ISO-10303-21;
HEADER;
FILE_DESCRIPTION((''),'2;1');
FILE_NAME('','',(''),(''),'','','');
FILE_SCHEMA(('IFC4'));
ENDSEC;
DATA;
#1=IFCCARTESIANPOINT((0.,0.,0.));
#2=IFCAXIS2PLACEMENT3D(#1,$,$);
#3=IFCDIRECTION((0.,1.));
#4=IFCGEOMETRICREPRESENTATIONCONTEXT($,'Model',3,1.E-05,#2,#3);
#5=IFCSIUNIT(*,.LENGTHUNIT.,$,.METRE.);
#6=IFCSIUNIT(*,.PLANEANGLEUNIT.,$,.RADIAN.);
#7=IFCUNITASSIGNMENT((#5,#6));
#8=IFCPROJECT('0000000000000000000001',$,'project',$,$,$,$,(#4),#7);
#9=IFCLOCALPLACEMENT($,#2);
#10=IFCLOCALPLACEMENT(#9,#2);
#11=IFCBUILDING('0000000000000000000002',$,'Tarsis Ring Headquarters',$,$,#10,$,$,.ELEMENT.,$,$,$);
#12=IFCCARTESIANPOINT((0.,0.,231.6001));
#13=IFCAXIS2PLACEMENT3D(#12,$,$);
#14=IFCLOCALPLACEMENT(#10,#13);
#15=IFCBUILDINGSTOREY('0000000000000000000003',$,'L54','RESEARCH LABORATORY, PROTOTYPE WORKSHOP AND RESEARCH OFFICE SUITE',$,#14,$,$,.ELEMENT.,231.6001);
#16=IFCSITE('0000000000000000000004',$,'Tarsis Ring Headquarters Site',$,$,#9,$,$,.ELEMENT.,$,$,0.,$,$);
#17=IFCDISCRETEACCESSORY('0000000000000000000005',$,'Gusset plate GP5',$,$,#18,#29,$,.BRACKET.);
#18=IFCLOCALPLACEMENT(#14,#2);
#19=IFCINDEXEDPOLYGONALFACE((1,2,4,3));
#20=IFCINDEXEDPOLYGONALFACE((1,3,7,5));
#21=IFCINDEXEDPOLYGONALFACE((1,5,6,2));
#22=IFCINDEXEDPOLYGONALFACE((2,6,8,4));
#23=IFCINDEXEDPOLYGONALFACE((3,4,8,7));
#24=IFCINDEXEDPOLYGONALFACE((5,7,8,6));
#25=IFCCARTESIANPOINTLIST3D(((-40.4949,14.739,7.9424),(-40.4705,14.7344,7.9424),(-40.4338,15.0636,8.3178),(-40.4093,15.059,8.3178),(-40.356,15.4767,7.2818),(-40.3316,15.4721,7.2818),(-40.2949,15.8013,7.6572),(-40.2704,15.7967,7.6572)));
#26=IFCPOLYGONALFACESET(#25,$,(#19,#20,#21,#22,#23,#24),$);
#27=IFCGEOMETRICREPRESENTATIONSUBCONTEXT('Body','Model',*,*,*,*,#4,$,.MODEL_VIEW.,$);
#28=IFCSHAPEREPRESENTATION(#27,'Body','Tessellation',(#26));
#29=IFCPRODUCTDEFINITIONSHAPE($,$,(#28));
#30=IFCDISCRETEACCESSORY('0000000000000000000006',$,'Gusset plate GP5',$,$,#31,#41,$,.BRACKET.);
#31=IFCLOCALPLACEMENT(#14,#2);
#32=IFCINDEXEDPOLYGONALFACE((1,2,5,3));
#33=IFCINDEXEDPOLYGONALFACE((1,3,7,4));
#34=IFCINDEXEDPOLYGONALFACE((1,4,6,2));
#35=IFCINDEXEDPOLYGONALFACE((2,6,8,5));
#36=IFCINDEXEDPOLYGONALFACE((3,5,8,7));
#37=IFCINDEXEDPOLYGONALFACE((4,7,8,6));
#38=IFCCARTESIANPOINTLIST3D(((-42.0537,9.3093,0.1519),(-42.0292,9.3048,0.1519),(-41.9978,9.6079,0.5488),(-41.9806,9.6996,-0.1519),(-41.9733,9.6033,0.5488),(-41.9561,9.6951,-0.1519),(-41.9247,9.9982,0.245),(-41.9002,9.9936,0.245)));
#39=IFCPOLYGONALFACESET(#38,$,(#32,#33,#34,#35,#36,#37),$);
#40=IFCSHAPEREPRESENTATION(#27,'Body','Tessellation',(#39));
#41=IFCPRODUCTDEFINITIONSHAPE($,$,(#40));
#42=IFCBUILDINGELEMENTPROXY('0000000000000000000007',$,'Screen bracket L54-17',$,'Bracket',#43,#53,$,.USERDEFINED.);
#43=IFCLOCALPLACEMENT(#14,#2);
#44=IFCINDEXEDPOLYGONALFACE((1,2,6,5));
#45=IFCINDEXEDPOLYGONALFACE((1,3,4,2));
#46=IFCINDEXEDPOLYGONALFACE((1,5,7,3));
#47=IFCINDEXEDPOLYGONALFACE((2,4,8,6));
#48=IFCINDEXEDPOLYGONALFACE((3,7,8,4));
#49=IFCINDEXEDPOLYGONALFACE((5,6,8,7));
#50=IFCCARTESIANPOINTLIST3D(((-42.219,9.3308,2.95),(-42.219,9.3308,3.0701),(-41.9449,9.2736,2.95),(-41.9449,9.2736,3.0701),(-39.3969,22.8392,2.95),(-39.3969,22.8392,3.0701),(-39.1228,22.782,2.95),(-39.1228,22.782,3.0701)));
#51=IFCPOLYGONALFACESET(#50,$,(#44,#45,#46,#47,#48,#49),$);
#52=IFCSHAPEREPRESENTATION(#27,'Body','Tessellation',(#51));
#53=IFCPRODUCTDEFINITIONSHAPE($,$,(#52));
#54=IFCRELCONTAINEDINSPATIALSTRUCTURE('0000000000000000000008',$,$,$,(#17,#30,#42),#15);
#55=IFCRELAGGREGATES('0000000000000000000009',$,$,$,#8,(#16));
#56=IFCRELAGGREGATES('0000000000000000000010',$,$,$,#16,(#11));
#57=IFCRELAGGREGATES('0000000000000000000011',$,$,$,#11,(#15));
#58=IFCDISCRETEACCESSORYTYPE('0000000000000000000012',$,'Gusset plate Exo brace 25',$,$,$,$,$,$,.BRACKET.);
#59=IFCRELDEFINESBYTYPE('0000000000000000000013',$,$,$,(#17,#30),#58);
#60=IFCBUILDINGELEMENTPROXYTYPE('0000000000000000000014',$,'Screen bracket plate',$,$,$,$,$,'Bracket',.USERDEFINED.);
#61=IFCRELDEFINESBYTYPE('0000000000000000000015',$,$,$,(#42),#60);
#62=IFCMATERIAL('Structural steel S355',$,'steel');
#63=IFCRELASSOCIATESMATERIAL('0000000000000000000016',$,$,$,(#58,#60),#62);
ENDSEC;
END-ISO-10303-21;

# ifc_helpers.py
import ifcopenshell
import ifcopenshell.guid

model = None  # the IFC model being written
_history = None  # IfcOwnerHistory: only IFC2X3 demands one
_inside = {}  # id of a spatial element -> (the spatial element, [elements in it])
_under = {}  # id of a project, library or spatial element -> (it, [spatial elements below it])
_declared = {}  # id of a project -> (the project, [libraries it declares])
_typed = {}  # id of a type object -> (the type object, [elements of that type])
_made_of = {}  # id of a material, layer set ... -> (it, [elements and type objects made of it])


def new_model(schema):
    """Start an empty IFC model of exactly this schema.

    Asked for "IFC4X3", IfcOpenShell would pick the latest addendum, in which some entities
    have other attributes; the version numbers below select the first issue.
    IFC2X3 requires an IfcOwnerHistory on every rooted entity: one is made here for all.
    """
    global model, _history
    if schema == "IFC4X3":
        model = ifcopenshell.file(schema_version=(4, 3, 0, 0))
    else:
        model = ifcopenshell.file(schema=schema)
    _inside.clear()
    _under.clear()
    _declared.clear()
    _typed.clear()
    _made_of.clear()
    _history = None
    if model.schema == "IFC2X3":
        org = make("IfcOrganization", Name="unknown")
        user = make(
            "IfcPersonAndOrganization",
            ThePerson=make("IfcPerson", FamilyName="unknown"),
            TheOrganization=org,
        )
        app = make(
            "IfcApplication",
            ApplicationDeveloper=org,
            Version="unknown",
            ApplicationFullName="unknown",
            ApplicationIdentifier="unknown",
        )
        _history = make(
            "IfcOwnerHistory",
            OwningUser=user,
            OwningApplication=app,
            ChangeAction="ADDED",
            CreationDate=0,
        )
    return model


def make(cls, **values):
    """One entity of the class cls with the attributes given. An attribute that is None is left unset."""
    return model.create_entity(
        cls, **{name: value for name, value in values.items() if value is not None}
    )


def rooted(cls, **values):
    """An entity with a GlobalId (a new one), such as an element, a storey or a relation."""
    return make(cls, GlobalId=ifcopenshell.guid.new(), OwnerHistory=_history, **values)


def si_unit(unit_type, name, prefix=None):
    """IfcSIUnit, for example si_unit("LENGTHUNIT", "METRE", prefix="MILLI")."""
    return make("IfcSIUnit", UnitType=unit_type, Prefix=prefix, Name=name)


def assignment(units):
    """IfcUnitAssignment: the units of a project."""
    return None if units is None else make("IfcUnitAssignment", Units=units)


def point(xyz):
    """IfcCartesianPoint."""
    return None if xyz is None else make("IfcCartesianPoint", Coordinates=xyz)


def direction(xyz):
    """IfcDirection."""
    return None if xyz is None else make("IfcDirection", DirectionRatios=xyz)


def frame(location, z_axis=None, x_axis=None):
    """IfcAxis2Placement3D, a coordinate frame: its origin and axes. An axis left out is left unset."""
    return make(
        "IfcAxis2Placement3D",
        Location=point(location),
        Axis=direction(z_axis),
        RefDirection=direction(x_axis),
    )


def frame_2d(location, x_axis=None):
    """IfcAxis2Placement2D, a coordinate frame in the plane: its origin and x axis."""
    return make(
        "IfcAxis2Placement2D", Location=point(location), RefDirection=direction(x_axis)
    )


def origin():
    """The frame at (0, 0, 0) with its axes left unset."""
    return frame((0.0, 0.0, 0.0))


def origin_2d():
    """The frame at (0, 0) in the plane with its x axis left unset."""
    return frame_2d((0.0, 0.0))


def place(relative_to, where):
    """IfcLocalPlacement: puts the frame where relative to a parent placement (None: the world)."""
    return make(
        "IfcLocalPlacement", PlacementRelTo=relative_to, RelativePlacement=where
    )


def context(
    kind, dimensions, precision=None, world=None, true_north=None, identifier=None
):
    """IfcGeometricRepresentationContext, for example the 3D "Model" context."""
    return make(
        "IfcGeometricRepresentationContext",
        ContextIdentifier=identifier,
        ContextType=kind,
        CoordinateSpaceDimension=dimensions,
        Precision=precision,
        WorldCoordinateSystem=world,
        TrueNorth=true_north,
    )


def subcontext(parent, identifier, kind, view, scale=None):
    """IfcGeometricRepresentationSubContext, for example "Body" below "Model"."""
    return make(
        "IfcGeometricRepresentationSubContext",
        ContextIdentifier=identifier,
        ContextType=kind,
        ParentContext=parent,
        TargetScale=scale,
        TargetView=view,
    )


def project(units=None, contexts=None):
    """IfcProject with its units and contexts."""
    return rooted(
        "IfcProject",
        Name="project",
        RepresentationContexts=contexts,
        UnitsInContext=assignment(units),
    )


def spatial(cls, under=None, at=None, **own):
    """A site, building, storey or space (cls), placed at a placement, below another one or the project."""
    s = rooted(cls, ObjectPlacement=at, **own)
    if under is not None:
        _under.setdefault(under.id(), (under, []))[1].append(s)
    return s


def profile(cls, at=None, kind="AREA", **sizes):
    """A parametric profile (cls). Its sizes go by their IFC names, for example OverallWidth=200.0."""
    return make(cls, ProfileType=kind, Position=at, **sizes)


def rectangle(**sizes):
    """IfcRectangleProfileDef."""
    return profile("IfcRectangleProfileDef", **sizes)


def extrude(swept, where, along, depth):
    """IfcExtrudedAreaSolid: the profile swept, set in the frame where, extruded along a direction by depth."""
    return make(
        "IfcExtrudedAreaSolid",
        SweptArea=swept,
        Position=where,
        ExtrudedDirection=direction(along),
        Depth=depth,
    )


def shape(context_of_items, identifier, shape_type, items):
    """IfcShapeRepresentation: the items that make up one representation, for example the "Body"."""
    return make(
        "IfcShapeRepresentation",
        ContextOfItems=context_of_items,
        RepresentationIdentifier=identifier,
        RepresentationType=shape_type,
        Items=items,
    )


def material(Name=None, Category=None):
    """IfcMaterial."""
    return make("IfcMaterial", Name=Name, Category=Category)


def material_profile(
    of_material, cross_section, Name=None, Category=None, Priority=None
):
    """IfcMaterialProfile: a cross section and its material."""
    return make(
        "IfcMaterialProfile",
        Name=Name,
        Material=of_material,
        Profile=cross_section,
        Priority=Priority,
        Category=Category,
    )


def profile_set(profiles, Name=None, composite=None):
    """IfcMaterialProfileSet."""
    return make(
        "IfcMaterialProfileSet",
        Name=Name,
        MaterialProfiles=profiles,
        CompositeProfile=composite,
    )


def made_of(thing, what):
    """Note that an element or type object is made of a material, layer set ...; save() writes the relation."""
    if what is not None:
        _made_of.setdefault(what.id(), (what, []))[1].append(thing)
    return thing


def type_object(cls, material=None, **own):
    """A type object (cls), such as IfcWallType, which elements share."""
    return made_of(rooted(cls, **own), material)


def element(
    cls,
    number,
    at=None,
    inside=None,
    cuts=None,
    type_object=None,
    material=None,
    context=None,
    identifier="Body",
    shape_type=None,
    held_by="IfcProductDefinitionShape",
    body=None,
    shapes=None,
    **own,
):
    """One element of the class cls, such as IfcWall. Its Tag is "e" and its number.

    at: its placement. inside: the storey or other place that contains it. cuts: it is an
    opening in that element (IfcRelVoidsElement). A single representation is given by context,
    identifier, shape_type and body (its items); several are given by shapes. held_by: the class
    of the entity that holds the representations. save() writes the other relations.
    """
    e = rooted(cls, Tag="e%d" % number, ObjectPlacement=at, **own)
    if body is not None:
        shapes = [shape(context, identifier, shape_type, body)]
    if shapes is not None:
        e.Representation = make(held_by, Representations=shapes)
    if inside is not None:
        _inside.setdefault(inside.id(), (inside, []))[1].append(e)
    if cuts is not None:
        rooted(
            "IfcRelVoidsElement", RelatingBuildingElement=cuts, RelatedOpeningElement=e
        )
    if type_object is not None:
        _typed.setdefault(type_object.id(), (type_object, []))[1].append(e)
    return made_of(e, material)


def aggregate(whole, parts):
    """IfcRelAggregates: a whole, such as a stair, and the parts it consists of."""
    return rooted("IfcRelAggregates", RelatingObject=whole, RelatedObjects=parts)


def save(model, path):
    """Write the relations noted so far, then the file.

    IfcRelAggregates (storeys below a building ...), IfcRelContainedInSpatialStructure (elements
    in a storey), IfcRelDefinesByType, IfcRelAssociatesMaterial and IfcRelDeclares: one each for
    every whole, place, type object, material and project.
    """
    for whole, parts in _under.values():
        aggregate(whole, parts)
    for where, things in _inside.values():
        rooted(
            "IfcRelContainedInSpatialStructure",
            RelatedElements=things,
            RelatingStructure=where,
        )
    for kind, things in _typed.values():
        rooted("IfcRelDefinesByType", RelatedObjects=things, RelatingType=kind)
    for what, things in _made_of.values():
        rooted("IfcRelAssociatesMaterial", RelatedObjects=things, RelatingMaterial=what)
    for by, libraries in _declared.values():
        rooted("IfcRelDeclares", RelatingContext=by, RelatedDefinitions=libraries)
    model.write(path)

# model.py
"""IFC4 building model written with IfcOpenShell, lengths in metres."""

from ifc_helpers import new_model, si_unit, direction, frame, origin, origin_2d, place, context, subcontext, project, spatial, rectangle, extrude, material, material_profile, profile_set, type_object, element, save


model = new_model("IFC4")

# Units and contexts
model_context = context("Model", 3, precision=1e-05, world=origin(), true_north=direction((0.0, 1.0)))
body_context = subcontext(model_context, "Body", "Model", "MODEL_VIEW")
ifc_project = project(units=[si_unit("LENGTHUNIT", "METRE"), si_unit("PLANEANGLEUNIT", "RADIAN")], contexts=[model_context])

# Site, building, storey
site_placement = place(None, origin())
site = spatial("IfcSite", under=ifc_project, at=site_placement, Name="Tarsis Ring Headquarters Site", CompositionType="ELEMENT", RefElevation=0.0)
building_placement = place(site_placement, origin())
building = spatial("IfcBuilding", under=site, at=building_placement, Name="Tarsis Ring Headquarters", CompositionType="ELEMENT")
storey_placement = place(building_placement, frame((0.0, 0.0, 231.6001)))
storey = spatial("IfcBuildingStorey", under=building, at=storey_placement, Name="L54", Description="RESEARCH LABORATORY, PROTOTYPE WORKSHOP AND RESEARCH OFFICE SUITE", CompositionType="ELEMENT", Elevation=231.6001)

# Shared definitions
ifc_material_1 = material(Name="Structural steel S355", Category="steel")

# Discrete accessories
ifc_material_profile_1 = material_profile(ifc_material_1, rectangle(XDim=0.0249, YDim=0.5, at=origin_2d()), Name="PL 25x500")
ifc_profile_set_1 = profile_set([ifc_material_profile_1], Name="Structural steel S355")
discrete_accessory_type = type_object("IfcDiscreteAccessoryType", Name="Gusset plate Exo brace 25", PredefinedType="BRACKET", material=ifc_profile_set_1)
discrete_accessory_1_placement = place(storey_placement, frame((-40.3132, 15.6367, 7.4695), z_axis=(-0.13891, -0.737761, 0.660616), x_axis=(0.982732, -0.185035, 0.0)))
element("IfcDiscreteAccessory", 1, at=discrete_accessory_1_placement, inside=storey, type_object=discrete_accessory_type, Name="Gusset plate GP5", PredefinedType="BRACKET", context=body_context, shape_type="SweptSolid", body=[
    extrude(rectangle(XDim=0.0249, YDim=0.5, at=origin_2d()), origin(), (0.0, 0.0, 1.0), 1.0),
])
discrete_accessory_2_placement = place(storey_placement, frame((-42.0049, 9.5022, 0.0), z_axis=(0.111847, 0.597329, 0.794159), x_axis=(-0.982918, 0.184046, 0.0)))
element("IfcDiscreteAccessory", 2, at=discrete_accessory_2_placement, inside=storey, type_object=discrete_accessory_type, Name="Gusset plate GP5", PredefinedType="BRACKET", context=body_context, shape_type="SweptSolid", body=[
    extrude(rectangle(XDim=0.0249, YDim=0.5, at=origin_2d()), origin(), (0.0, 0.0, 1.0), 0.4998),
])

# Building element proxy
building_element_proxy_type = type_object("IfcBuildingElementProxyType", Name="Screen bracket plate", ElementType="Bracket", PredefinedType="USERDEFINED", material=ifc_material_1)
proxy_placement = place(storey_placement, frame((-40.6709, 16.0564, 2.95), z_axis=(0.0, 0.0, 1.0), x_axis=(-0.204496, -0.978867, 0.0)))
element("IfcBuildingElementProxy", 3, at=proxy_placement, inside=storey, type_object=building_element_proxy_type, Name="Screen bracket L54-17", ObjectType="Bracket", PredefinedType="USERDEFINED", context=body_context, shape_type="SweptSolid", body=[
    extrude(rectangle(XDim=13.8, YDim=0.28, at=origin_2d()), origin(), (0.0, 0.0, 1.0), 0.1201),
])

save(model, "model.ifc")
